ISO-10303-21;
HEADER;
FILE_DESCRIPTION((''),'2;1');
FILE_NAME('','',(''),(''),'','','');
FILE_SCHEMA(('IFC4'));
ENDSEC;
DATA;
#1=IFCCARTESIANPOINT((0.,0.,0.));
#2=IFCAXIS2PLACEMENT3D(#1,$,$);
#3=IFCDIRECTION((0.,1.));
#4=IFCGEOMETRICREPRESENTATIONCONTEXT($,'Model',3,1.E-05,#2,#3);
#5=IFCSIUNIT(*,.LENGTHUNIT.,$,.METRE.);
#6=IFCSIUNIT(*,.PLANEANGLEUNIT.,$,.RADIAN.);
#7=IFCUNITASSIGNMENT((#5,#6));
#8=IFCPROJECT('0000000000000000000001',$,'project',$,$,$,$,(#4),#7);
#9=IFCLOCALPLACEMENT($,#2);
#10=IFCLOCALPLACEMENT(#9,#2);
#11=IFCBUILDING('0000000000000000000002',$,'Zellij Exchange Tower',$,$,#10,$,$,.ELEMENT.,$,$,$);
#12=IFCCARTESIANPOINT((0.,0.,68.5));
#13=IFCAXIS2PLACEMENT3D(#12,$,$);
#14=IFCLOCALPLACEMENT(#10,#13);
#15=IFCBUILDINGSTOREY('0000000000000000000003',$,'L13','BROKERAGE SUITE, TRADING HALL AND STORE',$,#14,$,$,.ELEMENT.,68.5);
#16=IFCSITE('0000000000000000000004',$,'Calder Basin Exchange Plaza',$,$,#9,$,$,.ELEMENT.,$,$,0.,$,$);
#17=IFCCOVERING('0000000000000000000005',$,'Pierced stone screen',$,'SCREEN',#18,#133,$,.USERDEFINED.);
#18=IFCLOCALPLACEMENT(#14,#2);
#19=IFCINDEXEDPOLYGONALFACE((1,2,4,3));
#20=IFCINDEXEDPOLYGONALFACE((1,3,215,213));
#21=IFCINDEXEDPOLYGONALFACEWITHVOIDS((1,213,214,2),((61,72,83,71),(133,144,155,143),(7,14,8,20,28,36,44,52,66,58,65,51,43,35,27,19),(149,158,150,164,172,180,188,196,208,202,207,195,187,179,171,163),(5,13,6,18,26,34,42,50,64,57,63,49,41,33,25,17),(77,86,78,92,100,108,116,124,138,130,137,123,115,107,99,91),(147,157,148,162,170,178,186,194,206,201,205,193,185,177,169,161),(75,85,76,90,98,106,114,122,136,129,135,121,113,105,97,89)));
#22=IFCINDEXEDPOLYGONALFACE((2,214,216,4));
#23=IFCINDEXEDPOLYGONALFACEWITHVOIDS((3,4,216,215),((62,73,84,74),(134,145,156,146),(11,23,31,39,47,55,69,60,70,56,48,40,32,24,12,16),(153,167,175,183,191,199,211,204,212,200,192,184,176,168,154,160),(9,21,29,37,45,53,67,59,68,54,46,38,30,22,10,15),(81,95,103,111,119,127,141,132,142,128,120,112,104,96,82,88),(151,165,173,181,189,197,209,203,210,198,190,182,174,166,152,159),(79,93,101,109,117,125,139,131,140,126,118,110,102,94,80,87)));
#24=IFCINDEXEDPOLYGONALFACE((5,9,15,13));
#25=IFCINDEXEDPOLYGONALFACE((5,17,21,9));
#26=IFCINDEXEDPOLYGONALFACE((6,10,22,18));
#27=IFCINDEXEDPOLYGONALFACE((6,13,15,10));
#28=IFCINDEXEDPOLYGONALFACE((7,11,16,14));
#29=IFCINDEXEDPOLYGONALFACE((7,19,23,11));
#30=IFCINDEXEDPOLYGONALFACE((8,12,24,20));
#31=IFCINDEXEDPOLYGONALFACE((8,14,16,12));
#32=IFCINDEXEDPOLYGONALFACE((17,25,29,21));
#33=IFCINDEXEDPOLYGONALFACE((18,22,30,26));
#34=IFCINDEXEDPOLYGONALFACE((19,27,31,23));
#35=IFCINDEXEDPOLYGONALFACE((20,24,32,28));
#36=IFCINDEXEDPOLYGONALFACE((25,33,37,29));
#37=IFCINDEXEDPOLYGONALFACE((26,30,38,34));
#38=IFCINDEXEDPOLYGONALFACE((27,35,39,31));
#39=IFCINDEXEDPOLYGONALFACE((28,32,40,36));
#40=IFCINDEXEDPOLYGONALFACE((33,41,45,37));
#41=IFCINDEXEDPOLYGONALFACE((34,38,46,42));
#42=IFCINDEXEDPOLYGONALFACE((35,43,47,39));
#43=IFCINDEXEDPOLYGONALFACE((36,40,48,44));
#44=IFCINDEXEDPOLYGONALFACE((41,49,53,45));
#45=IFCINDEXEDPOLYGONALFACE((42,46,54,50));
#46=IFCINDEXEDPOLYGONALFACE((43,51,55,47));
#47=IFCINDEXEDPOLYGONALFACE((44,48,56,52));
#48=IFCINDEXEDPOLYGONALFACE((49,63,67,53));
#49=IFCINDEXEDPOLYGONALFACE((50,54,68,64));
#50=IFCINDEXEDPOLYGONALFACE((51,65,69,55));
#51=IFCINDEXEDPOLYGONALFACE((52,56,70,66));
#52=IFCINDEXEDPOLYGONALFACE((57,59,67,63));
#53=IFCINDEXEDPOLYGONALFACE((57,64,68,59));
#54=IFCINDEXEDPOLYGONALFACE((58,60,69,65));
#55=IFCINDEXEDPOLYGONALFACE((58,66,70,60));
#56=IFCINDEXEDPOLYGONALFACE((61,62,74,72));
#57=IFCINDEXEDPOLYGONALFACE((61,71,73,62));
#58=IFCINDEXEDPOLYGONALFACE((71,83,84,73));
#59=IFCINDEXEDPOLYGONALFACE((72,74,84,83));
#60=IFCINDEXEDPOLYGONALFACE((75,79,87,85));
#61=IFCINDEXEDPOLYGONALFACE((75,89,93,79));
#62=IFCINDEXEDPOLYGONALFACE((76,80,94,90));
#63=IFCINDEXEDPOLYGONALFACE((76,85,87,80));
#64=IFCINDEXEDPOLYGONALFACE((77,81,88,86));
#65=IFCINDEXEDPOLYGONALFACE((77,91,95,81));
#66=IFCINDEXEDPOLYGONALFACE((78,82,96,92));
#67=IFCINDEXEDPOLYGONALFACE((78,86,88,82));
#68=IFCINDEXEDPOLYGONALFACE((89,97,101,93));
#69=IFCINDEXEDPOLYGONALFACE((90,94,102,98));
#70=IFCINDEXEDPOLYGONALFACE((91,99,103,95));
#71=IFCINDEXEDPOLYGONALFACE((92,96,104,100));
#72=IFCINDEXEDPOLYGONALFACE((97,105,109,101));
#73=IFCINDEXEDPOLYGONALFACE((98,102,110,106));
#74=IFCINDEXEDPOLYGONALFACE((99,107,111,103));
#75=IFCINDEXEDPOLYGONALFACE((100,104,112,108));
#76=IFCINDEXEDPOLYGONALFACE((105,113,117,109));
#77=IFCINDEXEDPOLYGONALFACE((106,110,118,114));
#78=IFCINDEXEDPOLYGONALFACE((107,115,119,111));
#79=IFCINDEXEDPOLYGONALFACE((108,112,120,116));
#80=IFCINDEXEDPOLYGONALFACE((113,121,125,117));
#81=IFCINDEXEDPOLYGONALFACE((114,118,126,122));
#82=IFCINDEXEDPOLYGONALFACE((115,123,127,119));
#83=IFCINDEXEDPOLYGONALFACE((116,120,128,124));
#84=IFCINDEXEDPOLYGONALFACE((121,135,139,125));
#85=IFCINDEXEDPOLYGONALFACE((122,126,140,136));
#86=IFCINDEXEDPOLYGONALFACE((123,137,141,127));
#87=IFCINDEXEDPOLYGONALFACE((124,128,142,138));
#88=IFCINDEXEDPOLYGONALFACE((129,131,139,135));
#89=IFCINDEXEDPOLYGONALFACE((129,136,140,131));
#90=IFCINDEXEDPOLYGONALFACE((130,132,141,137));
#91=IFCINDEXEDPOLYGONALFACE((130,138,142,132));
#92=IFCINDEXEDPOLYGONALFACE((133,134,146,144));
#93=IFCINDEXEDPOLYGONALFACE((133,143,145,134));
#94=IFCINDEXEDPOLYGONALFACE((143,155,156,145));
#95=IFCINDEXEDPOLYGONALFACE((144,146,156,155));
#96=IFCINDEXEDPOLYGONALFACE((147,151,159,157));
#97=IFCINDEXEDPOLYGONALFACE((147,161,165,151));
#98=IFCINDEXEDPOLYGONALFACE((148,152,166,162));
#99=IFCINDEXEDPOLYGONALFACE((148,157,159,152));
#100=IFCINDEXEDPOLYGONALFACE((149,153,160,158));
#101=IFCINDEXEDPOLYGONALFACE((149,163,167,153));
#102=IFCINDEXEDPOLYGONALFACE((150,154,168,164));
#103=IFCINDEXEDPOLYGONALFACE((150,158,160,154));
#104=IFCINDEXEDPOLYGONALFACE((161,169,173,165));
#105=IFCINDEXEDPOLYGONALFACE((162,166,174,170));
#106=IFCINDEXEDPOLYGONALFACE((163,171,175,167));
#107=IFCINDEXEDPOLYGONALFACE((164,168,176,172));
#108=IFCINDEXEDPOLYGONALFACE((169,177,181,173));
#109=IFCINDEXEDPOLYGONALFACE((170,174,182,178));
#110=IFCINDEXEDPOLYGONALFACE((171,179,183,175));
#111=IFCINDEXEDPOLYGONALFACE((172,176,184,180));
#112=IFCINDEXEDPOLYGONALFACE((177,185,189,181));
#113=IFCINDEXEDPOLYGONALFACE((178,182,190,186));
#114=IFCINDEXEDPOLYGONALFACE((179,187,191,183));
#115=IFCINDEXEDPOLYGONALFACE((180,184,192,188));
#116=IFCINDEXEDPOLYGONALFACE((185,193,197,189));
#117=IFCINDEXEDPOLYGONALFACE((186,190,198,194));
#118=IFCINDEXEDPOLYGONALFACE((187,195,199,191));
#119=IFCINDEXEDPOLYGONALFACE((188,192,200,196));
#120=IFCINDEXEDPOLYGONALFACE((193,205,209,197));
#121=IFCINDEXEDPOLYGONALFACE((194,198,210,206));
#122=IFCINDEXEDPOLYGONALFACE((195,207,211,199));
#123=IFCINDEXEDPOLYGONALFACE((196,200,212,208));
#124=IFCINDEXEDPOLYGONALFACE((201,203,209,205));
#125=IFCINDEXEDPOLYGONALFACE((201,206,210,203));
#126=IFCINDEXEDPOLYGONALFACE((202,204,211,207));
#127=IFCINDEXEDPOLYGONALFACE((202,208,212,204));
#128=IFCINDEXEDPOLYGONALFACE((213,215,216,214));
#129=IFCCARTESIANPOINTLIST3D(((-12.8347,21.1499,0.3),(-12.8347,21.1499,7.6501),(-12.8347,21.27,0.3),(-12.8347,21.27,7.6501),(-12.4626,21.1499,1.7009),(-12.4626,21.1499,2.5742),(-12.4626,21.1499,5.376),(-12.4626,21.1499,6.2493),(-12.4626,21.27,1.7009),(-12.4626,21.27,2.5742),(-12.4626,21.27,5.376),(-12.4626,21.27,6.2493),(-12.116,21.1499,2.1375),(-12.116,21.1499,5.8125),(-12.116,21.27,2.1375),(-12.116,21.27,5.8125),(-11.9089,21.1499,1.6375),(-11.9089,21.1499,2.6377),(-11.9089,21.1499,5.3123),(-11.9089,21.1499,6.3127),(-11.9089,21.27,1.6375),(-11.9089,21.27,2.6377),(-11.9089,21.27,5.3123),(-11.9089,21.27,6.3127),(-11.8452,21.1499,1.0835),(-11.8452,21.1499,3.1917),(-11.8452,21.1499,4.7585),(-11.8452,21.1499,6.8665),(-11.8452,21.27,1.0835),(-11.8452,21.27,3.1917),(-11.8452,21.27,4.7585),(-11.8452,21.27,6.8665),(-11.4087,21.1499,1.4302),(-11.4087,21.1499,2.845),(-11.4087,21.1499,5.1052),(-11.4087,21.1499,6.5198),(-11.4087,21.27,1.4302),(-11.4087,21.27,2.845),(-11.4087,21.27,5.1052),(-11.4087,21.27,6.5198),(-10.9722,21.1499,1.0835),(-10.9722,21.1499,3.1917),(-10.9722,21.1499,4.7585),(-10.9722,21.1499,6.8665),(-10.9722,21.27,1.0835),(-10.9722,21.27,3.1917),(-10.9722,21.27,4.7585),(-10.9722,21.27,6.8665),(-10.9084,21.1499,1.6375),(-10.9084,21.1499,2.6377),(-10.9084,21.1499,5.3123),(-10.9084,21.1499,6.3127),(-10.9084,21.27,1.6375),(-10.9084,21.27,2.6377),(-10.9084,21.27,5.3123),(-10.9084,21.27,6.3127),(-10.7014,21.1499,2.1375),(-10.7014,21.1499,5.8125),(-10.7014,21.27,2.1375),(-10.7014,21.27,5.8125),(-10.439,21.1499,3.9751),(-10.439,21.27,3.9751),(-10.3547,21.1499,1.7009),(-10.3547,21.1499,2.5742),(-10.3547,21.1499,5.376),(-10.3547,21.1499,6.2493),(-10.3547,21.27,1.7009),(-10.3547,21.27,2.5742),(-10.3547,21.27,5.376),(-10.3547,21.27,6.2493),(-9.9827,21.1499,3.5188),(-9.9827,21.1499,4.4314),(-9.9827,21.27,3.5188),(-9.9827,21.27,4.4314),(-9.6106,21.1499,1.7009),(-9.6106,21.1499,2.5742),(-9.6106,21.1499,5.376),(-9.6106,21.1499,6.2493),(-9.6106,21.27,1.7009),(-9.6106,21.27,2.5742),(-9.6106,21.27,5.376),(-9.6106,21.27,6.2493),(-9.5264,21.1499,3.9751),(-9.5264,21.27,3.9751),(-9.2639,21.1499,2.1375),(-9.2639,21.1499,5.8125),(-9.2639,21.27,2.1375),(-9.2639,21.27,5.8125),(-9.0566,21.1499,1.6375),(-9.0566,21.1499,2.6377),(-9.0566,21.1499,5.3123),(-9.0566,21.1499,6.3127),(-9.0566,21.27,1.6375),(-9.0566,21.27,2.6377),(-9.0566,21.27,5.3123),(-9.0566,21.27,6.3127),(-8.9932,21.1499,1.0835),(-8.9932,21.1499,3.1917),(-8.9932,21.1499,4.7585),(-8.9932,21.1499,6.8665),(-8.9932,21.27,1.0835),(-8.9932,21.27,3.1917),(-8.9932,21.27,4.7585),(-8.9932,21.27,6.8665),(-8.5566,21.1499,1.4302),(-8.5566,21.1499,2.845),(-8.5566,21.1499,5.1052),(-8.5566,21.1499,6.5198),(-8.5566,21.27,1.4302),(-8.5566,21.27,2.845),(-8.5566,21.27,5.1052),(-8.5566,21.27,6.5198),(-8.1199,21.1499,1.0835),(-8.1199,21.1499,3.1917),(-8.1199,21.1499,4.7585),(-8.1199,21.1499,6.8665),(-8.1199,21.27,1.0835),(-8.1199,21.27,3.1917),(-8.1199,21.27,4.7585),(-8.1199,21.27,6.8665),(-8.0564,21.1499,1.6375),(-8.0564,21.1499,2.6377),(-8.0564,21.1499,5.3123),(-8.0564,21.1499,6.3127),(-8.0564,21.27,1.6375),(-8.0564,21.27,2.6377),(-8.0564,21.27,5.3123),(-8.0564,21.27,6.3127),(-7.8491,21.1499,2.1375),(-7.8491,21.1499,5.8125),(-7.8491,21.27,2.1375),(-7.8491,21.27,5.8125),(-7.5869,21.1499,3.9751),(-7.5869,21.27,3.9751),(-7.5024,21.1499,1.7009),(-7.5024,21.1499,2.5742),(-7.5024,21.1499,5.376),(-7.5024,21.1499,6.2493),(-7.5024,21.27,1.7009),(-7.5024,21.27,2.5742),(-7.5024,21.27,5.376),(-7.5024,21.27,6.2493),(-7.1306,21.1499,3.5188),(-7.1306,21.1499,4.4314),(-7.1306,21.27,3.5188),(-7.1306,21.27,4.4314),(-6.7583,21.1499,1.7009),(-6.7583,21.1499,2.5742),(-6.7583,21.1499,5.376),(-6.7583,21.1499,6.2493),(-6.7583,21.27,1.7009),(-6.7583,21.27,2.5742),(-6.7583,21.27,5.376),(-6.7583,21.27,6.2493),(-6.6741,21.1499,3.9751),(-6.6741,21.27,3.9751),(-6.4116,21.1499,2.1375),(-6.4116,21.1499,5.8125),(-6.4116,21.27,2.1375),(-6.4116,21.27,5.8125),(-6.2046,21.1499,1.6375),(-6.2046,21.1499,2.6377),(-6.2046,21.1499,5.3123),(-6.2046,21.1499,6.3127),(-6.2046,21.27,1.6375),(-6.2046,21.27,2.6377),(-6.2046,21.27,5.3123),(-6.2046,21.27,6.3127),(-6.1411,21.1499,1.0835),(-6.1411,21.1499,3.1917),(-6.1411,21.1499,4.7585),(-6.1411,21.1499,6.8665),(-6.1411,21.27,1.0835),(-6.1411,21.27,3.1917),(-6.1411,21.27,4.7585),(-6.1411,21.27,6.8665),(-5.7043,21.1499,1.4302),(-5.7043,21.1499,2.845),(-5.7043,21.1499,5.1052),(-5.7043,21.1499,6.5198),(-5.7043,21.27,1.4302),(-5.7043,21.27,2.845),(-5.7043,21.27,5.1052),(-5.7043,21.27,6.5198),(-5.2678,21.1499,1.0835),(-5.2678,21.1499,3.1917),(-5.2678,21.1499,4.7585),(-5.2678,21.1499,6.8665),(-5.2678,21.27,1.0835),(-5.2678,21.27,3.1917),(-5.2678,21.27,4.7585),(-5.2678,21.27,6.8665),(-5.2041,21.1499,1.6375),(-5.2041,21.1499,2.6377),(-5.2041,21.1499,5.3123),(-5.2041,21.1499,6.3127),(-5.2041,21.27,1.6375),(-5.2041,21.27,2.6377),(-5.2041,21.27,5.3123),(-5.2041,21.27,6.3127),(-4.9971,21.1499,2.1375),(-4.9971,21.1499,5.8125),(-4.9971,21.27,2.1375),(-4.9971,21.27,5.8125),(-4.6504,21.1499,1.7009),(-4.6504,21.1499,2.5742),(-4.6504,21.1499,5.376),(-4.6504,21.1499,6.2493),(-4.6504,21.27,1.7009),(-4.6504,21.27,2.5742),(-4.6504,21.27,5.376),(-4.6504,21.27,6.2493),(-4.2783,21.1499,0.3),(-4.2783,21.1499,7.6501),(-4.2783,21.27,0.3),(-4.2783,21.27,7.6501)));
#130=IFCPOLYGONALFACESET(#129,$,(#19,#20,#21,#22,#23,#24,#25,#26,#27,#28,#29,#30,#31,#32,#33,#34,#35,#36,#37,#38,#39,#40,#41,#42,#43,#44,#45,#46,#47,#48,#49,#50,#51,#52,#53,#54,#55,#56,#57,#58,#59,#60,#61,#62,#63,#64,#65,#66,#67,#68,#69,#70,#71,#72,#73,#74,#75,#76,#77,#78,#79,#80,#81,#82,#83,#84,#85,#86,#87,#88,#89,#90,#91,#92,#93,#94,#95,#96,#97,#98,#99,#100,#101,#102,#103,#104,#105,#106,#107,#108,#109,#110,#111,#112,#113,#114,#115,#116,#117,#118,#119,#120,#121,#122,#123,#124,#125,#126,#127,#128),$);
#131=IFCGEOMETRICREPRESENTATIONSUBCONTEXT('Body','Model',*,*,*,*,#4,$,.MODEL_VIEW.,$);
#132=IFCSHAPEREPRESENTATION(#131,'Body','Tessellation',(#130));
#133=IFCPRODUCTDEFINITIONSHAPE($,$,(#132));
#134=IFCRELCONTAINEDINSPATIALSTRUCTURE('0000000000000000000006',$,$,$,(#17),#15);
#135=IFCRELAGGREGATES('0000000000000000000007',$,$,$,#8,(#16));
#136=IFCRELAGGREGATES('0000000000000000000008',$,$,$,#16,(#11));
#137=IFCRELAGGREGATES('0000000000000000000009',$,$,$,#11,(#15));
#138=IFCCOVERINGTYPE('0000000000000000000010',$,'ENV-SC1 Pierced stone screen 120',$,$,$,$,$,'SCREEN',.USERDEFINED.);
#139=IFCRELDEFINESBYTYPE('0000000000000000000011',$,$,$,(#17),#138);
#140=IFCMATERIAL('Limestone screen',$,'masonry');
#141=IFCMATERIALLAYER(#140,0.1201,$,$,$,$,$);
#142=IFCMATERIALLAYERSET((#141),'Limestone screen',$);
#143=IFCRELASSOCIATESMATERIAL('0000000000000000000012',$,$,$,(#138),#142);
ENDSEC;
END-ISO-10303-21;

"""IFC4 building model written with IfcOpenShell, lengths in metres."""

from ifc_helpers import new_model, si_unit, direction, frame, origin, place, context, subcontext, project, spatial, polyline, outline, extrude, material, layer, layer_set, type_object, element, save


model = new_model("IFC4")

# Units and contexts
model_context = context("Model", 3, precision=1e-05, world=origin(), true_north=direction((0.0, 1.0)))
body_context = subcontext(model_context, "Body", "Model", "MODEL_VIEW")
ifc_project = project(units=[si_unit("LENGTHUNIT", "METRE"), si_unit("PLANEANGLEUNIT", "RADIAN")], contexts=[model_context])

# Site, building, storey
site_placement = place(None, origin())
site = spatial("IfcSite", under=ifc_project, at=site_placement, Name="Calder Basin Exchange Plaza", CompositionType="ELEMENT", RefElevation=0.0)
building_placement = place(site_placement, origin())
building = spatial("IfcBuilding", under=site, at=building_placement, Name="Zellij Exchange Tower", CompositionType="ELEMENT")
storey_placement = place(building_placement, frame((0.0, 0.0, 68.5)))
storey = spatial("IfcBuildingStorey", under=building, at=storey_placement, Name="L13", Description="BROKERAGE SUITE, TRADING HALL AND STORE", CompositionType="ELEMENT", Elevation=68.5)

# Covering
ifc_material_1 = material(Name="Limestone screen", Category="masonry")
ifc_layer_1 = layer(ifc_material_1, 0.1201)
ifc_layer_set_1 = layer_set([ifc_layer_1], Name="Limestone screen")
covering_type = type_object("IfcCoveringType", Name="ENV-SC1 Pierced stone screen 120", ElementType="SCREEN", PredefinedType="USERDEFINED", material=ifc_layer_set_1)
covering_1_placement = place(storey_placement, frame((-4.2783, 21.21, 0.3), z_axis=(0.0, 0.0, 1.0), x_axis=(-1.0, 0.0, 0.0)))
element("IfcCovering", 1, at=covering_1_placement, inside=storey, type_object=covering_type, Name="Pierced stone screen", ObjectType="SCREEN", PredefinedType="USERDEFINED", context=body_context, shape_type="SweptSolid", body=[
    extrude(outline(polyline([(0.0, 0.0), (8.5564, 0.0), (8.5564, 7.3501), (0.0, 7.3501), (0.0, 0.0)]), holes=[polyline([(2.48, 2.2742), (1.9263, 2.3376), (1.8628, 2.8916), (1.426, 2.5449), (0.9895, 2.8916), (0.9258, 2.3376), (0.3721, 2.2742), (0.7188, 1.8374), (0.3721, 1.4009), (0.9258, 1.3374), (0.9895, 0.7834), (1.426, 1.1301), (1.8628, 0.7834), (1.9263, 1.3374), (2.48, 1.4009), (2.1333, 1.8374), (2.48, 2.2742)]), polyline([(2.48, 5.9492), (1.9263, 6.0127), (1.8628, 6.5664), (1.426, 6.2197), (0.9895, 6.5664), (0.9258, 6.0127), (0.3721, 5.9492), (0.7188, 5.5125), (0.3721, 5.0759), (0.9258, 5.0122), (0.9895, 4.4585), (1.426, 4.8052), (1.8628, 4.4585), (1.9263, 5.0122), (2.48, 5.0759), (2.1333, 5.5125), (2.48, 5.9492)]), polyline([(5.3323, 2.2742), (4.7783, 2.3376), (4.7148, 2.8916), (4.2783, 2.5449), (3.8416, 2.8916), (3.7781, 2.3376), (3.2241, 2.2742), (3.5708, 1.8374), (3.2241, 1.4009), (3.7781, 1.3374), (3.8416, 0.7834), (4.2783, 1.1301), (4.7148, 0.7834), (4.7783, 1.3374), (5.3323, 1.4009), (4.9856, 1.8374), (5.3323, 2.2742)]), polyline([(5.3323, 5.9492), (4.7783, 6.0127), (4.7148, 6.5664), (4.2783, 6.2197), (3.8416, 6.5664), (3.7781, 6.0127), (3.2241, 5.9492), (3.5708, 5.5125), (3.2241, 5.0759), (3.7781, 5.0122), (3.8416, 4.4585), (4.2783, 4.8052), (4.7148, 4.4585), (4.7783, 5.0122), (5.3323, 5.0759), (4.9856, 5.5125), (5.3323, 5.9492)]), polyline([(8.1843, 2.2742), (7.6306, 2.3376), (7.5669, 2.8916), (7.1304, 2.5449), (6.6938, 2.8916), (6.6301, 2.3376), (6.0764, 2.2742), (6.4231, 1.8374), (6.0764, 1.4009), (6.6301, 1.3374), (6.6938, 0.7834), (7.1304, 1.1301), (7.5669, 0.7834), (7.6306, 1.3374), (8.1843, 1.4009), (7.8376, 1.8374), (8.1843, 2.2742)]), polyline([(8.1843, 5.9492), (7.6306, 6.0127), (7.5669, 6.5664), (7.1304, 6.2197), (6.6938, 6.5664), (6.6301, 6.0127), (6.0764, 5.9492), (6.4231, 5.5125), (6.0764, 5.0759), (6.6301, 5.0122), (6.6938, 4.4585), (7.1304, 4.8052), (7.5669, 4.4585), (7.6306, 5.0122), (8.1843, 5.0759), (7.8376, 5.5125), (8.1843, 5.9492)]), polyline([(3.3086, 3.675), (2.8523, 4.1313), (2.3958, 3.675), (2.8523, 3.2188), (3.3086, 3.675)]), polyline([(6.1606, 3.675), (5.7043, 4.1313), (5.248, 3.675), (5.7043, 3.2188), (6.1606, 3.675)])]), frame((0.0, 0.0601, 0.0), z_axis=(0.0, -1.0, 0.0), x_axis=(1.0, 0.0, 0.0)), (0.0, 0.0, 1.0), 0.1201),
])

save(model, "model.ifc")
